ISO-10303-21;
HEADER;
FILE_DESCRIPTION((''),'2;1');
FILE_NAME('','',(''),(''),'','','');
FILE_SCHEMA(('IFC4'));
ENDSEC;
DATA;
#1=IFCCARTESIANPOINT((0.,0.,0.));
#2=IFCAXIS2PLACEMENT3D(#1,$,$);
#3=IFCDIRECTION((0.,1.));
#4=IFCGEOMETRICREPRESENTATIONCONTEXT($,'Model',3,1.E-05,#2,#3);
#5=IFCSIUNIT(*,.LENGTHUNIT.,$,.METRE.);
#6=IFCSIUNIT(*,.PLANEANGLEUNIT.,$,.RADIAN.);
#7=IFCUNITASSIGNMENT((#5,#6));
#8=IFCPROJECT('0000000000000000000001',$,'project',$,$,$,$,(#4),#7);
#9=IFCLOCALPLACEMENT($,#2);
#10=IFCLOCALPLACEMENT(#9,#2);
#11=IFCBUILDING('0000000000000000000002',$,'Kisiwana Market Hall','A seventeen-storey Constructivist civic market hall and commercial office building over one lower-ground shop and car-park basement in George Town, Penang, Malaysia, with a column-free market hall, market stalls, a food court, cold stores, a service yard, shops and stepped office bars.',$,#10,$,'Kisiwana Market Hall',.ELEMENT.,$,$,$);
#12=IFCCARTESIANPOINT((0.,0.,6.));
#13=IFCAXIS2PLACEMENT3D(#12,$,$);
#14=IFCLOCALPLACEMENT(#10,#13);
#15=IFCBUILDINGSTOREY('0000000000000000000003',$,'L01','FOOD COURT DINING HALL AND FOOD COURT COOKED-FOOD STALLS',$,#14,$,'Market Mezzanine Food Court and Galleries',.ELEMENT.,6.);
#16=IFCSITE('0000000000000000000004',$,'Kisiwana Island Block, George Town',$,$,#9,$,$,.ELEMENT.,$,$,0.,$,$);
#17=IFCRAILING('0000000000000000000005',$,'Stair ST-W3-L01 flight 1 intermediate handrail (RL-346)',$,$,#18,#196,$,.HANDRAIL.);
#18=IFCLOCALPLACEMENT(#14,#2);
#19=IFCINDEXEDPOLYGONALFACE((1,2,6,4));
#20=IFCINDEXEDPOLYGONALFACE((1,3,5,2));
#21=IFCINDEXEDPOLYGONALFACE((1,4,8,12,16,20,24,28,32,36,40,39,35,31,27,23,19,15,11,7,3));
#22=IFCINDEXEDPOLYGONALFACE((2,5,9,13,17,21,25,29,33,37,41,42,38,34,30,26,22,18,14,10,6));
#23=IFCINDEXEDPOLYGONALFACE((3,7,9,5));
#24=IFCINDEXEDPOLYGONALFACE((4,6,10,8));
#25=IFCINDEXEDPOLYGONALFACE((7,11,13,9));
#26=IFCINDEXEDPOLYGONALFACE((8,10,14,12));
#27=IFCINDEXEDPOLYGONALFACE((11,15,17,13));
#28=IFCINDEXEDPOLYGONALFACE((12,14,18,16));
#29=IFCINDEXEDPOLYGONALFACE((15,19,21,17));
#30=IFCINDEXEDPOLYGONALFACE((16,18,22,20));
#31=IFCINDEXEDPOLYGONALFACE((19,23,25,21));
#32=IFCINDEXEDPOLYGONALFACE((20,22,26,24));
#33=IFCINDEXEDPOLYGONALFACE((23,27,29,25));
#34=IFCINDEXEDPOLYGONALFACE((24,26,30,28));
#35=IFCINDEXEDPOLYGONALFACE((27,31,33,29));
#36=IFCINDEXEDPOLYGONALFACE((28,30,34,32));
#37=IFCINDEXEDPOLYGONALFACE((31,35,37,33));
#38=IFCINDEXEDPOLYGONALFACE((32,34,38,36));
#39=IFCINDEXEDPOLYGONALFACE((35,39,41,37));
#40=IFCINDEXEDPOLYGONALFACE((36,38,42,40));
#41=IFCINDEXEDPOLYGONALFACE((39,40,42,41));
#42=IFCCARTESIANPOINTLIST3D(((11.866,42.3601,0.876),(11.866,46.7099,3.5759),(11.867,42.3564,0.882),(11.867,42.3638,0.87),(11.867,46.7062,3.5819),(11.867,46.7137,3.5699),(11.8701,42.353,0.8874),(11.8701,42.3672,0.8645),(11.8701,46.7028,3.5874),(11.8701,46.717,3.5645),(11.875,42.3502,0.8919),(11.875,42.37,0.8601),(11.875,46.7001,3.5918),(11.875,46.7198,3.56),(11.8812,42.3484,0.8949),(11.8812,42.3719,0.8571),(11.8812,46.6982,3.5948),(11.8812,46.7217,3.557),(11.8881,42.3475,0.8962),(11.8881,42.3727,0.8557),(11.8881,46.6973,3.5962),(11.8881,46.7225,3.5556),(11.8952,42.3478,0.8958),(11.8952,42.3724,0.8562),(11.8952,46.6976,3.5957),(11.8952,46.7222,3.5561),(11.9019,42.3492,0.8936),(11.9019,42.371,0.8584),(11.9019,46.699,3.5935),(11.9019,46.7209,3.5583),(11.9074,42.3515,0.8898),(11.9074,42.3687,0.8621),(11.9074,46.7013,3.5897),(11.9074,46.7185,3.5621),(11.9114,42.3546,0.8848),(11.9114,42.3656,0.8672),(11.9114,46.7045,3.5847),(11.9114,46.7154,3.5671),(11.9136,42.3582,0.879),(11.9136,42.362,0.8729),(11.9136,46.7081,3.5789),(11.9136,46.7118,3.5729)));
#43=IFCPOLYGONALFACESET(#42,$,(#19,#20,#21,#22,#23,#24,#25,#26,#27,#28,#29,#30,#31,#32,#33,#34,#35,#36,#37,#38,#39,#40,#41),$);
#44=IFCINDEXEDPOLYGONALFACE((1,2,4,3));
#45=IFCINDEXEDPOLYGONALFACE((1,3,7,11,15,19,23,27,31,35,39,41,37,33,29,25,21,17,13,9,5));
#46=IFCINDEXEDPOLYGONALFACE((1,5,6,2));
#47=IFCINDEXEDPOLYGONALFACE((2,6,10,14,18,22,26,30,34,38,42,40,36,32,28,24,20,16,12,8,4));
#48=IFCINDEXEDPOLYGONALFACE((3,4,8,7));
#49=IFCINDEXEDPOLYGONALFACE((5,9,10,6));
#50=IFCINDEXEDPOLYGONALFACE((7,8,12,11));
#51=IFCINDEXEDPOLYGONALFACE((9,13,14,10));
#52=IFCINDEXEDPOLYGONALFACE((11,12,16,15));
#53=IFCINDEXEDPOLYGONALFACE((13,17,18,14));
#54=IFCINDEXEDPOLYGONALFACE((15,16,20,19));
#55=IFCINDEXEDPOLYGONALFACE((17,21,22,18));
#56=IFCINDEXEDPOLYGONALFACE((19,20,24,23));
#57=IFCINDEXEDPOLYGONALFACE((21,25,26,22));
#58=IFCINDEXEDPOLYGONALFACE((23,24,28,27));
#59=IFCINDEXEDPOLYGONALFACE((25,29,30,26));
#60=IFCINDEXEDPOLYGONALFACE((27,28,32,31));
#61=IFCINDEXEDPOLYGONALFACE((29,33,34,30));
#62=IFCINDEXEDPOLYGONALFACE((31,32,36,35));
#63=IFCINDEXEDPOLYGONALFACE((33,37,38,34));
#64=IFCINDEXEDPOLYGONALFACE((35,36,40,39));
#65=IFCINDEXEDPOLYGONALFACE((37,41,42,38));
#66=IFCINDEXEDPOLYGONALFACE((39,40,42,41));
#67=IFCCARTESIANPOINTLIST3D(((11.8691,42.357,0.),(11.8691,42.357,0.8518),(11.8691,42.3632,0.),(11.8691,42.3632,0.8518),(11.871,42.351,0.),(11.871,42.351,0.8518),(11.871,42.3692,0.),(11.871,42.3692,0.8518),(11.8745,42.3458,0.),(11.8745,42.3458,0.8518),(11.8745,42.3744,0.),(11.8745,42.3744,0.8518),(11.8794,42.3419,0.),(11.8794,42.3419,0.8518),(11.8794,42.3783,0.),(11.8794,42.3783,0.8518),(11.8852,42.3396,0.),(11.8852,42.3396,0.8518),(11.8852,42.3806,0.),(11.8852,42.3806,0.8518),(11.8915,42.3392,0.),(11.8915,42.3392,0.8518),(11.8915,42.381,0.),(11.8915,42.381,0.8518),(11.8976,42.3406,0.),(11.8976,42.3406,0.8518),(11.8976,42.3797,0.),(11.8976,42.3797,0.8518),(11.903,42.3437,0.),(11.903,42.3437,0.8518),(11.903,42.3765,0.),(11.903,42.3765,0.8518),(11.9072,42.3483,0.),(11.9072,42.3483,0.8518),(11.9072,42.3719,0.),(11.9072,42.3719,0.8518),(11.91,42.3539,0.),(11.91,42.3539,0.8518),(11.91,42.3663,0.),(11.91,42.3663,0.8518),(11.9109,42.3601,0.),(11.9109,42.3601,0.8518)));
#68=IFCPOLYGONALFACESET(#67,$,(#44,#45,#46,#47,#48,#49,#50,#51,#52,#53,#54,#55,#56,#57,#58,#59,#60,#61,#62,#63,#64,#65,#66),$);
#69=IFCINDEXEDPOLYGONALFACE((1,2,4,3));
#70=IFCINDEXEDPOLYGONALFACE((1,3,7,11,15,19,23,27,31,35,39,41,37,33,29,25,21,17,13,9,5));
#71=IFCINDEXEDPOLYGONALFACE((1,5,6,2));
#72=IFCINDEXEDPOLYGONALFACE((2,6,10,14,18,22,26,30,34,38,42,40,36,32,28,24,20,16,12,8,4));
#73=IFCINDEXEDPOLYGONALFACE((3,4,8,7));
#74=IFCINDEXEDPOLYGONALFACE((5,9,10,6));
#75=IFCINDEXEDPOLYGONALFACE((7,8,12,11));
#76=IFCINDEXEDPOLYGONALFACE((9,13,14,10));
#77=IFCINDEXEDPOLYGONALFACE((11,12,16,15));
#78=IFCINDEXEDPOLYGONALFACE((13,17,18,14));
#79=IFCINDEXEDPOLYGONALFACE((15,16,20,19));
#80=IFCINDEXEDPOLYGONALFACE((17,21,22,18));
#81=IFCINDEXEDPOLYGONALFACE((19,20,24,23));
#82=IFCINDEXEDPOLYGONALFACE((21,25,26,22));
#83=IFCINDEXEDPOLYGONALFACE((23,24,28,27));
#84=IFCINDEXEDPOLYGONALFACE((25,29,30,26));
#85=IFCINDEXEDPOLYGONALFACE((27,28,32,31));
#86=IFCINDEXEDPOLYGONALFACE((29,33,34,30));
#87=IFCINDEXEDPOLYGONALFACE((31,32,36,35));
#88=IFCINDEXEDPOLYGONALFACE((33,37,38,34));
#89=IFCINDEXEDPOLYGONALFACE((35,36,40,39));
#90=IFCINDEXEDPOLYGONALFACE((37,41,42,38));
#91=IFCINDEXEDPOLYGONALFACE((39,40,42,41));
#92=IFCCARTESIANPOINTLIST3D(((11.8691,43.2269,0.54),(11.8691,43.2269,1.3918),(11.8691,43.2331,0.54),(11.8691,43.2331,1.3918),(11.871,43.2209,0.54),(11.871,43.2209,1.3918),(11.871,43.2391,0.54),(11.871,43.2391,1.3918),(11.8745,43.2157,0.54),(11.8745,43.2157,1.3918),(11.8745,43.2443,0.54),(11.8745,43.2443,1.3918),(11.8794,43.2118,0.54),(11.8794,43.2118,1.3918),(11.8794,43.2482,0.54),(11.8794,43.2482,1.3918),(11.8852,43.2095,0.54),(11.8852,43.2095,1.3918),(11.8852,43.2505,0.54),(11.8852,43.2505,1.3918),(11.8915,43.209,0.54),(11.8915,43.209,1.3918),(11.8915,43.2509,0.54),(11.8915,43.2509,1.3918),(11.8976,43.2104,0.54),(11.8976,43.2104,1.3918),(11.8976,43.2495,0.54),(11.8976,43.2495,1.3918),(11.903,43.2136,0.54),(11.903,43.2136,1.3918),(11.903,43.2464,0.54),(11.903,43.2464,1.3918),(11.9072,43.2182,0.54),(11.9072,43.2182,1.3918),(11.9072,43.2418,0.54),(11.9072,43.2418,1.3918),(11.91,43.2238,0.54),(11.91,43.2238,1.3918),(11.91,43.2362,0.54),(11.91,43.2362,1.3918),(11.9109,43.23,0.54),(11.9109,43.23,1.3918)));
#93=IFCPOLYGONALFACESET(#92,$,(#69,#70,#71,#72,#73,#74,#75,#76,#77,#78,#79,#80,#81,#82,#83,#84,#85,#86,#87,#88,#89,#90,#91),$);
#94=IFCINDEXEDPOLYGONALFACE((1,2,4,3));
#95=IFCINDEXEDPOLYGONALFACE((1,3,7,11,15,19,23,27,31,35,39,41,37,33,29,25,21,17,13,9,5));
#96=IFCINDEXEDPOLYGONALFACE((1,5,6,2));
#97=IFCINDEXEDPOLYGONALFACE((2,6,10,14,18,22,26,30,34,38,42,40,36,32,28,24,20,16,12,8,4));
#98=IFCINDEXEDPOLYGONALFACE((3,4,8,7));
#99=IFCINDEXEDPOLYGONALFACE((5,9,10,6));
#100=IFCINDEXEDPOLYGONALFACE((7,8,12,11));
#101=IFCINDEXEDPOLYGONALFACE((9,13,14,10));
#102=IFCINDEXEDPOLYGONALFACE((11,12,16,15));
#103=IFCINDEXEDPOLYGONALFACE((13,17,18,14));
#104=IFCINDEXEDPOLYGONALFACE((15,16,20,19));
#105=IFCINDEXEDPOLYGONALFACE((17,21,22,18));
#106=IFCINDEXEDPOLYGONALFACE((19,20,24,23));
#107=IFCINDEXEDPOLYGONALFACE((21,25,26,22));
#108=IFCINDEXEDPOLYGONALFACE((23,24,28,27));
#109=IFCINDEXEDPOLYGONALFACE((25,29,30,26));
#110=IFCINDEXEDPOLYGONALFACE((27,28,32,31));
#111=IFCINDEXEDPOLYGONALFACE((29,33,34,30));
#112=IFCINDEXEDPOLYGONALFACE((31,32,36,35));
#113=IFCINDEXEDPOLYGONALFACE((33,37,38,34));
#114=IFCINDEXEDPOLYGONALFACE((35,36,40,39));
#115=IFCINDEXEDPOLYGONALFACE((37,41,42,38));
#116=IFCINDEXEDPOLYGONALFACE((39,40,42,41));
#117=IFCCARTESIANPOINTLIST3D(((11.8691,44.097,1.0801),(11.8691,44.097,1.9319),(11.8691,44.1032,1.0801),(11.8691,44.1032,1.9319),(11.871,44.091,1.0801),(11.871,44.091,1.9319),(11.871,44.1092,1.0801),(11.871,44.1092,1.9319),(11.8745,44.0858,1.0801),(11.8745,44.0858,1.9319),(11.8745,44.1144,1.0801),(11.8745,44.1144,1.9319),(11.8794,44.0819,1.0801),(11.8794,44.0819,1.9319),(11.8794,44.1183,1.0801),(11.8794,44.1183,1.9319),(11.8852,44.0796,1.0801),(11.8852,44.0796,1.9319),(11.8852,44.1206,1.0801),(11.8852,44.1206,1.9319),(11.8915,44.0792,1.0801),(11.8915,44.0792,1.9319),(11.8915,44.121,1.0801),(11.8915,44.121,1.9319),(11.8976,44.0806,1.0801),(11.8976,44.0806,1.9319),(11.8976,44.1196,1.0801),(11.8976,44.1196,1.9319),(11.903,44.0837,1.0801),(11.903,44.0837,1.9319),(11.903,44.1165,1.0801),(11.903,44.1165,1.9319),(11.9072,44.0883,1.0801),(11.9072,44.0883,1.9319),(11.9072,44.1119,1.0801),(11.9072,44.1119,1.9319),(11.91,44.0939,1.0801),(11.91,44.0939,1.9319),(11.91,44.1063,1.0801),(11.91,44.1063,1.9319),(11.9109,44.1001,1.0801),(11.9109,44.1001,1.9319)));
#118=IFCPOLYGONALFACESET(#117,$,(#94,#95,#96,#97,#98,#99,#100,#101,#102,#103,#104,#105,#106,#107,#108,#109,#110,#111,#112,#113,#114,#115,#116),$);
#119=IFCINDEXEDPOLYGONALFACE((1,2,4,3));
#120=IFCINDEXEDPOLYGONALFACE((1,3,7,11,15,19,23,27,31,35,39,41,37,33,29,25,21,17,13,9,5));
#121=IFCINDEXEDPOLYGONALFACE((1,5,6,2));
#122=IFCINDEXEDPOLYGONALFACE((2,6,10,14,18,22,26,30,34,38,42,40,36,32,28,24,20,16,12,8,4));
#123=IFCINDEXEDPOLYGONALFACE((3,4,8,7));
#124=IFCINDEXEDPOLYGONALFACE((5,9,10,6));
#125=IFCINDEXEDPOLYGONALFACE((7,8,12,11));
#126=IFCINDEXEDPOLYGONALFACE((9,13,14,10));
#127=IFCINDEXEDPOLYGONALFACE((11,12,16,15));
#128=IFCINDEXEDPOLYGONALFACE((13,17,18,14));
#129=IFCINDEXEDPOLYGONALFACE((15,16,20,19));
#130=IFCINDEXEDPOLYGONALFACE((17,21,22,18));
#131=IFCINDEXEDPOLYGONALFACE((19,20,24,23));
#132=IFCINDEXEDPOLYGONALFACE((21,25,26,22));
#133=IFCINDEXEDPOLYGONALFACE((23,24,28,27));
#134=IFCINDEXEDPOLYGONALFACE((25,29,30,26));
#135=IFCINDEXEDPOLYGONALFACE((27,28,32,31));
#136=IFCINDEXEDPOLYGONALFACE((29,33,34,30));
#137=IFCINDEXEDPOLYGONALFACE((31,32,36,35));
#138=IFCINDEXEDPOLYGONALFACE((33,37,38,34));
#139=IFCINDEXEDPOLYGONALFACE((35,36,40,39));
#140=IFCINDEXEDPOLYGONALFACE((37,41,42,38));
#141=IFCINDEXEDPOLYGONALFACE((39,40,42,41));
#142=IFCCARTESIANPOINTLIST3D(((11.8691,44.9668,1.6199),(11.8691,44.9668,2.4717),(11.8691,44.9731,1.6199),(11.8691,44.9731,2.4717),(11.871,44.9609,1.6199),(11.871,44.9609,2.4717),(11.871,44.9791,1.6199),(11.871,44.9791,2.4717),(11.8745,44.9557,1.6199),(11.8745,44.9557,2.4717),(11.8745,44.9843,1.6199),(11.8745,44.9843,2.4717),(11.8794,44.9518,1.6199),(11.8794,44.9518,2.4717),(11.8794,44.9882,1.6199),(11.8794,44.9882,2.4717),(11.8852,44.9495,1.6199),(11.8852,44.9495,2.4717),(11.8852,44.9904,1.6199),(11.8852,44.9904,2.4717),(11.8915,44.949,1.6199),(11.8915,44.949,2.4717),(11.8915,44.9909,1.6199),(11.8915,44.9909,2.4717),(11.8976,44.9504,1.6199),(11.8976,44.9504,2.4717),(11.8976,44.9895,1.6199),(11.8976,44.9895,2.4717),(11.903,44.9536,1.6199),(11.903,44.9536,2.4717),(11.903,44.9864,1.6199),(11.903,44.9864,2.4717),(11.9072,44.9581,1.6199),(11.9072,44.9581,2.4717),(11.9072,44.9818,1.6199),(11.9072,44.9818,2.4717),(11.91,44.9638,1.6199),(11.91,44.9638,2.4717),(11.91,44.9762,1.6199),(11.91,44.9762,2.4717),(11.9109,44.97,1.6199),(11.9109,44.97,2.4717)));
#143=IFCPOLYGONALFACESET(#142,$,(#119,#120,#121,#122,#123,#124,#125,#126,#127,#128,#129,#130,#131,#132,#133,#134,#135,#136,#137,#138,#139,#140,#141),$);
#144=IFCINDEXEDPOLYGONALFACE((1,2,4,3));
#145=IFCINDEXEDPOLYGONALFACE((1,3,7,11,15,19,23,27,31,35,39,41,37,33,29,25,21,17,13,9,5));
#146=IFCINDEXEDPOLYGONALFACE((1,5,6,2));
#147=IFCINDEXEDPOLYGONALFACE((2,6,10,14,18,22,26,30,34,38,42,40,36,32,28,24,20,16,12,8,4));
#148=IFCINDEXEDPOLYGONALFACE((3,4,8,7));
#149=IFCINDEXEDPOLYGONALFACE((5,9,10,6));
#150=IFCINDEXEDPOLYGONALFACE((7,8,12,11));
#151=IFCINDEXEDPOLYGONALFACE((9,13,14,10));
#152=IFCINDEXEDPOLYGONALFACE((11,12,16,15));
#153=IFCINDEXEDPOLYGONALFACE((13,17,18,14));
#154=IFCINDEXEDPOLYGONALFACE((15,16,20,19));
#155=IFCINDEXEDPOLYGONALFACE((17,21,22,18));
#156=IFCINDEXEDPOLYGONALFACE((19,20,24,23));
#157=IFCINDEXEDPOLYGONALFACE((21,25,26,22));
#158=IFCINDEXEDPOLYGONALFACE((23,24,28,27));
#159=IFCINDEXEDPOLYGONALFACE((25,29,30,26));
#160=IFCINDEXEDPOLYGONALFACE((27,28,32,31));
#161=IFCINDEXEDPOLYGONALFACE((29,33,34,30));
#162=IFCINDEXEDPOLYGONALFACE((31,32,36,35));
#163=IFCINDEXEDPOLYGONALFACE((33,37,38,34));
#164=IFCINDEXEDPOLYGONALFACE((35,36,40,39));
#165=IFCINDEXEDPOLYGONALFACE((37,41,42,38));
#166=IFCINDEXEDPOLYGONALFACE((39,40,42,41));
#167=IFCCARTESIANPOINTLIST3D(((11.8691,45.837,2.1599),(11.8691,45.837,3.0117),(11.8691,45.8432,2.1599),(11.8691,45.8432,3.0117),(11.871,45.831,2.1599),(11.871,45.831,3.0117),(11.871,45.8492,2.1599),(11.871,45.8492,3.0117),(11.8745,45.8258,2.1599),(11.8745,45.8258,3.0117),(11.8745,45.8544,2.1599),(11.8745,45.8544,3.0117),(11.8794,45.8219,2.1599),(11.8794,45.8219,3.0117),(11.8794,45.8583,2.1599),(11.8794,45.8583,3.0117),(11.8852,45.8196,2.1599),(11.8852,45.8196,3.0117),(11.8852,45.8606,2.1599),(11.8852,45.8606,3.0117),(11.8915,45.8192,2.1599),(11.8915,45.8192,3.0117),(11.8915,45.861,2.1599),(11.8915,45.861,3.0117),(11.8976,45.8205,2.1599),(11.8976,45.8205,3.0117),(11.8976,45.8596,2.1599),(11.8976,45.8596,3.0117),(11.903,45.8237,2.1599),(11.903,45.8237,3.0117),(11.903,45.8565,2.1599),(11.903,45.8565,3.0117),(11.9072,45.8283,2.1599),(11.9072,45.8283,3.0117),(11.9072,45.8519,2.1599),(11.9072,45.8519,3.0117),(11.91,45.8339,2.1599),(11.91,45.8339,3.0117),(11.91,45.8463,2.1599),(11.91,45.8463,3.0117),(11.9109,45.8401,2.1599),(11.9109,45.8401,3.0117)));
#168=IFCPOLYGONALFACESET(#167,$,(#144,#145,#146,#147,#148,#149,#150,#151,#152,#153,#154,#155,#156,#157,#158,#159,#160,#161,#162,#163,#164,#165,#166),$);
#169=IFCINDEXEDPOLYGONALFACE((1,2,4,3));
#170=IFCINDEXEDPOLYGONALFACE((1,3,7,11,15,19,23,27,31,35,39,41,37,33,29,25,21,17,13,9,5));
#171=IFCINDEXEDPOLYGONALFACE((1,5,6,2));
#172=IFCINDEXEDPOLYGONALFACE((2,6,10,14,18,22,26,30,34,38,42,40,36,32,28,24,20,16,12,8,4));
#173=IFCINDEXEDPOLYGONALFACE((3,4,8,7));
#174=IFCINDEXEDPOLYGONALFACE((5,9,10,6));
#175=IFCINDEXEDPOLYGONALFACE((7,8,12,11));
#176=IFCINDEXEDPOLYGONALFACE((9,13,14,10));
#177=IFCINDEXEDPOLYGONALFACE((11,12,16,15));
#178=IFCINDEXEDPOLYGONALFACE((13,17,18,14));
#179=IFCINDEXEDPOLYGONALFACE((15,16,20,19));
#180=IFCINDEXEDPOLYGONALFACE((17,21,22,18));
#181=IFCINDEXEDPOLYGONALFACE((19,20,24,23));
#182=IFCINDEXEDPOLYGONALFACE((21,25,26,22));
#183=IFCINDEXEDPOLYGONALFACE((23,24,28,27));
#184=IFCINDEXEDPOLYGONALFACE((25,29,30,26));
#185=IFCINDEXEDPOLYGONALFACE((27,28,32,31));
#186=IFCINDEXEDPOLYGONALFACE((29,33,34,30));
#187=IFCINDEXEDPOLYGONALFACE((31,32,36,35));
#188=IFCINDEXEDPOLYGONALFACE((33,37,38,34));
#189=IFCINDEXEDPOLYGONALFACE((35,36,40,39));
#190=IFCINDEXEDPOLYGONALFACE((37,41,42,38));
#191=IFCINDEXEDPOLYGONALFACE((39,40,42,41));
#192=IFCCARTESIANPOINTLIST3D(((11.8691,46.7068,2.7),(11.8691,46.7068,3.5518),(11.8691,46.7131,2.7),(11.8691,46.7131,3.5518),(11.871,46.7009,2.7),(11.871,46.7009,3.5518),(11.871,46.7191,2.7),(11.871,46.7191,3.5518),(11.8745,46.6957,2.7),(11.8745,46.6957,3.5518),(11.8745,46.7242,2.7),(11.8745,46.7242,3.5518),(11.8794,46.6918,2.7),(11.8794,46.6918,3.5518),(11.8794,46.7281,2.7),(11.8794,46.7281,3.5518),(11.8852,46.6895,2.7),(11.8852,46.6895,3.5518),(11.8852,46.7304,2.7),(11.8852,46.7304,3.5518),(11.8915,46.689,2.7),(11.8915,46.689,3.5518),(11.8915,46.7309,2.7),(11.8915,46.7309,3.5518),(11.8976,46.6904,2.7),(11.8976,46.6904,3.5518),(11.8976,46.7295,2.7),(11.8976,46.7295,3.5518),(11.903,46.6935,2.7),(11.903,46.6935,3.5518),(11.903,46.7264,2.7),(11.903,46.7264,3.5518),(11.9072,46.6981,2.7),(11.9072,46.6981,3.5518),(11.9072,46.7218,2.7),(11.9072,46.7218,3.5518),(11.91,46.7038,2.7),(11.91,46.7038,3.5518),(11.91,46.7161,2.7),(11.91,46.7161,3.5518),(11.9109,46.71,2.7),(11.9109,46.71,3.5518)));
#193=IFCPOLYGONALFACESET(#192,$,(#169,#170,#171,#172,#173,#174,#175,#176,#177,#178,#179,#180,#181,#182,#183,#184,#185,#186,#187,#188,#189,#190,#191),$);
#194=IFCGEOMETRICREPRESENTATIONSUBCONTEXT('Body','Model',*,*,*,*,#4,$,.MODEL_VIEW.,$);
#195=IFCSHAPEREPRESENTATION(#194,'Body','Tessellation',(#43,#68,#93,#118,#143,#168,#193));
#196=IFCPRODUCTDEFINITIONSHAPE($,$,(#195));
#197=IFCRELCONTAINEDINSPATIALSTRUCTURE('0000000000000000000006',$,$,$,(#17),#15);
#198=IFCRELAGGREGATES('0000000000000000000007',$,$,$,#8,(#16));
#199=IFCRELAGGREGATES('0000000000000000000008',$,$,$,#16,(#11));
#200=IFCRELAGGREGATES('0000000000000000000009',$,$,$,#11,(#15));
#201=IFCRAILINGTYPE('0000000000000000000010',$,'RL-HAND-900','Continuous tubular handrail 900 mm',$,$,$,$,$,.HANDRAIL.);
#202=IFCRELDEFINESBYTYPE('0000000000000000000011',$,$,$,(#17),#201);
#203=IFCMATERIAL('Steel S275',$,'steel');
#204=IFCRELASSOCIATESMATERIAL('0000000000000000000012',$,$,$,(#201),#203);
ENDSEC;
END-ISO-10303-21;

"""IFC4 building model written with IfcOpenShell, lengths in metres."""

from ifc_helpers import new_model, si_unit, direction, frame, origin, origin_2d, place, context, subcontext, project, spatial, circle, extrude, material, type_object, element, save


model = new_model("IFC4")

# Units and contexts
model_context = context("Model", 3, precision=1e-05, world=origin(), true_north=direction((0.0, 1.0)))
body_context = subcontext(model_context, "Body", "Model", "MODEL_VIEW")
ifc_project = project(units=[si_unit("LENGTHUNIT", "METRE"), si_unit("PLANEANGLEUNIT", "RADIAN")], contexts=[model_context])

# Site, building, storey
site_placement = place(None, origin())
site = spatial("IfcSite", under=ifc_project, at=site_placement, Name="Kisiwana Island Block, George Town", CompositionType="ELEMENT", RefElevation=0.0)
building_placement = place(site_placement, origin())
building = spatial("IfcBuilding", under=site, at=building_placement, Name="Kisiwana Market Hall", Description="A seventeen-storey Constructivist civic market hall and commercial office building over one lower-ground shop and car-park basement in George Town, Penang, Malaysia, with a column-free market hall, market stalls, a food court, cold stores, a service yard, shops and stepped office bars.", LongName="Kisiwana Market Hall", CompositionType="ELEMENT")
storey_placement = place(building_placement, frame((0.0, 0.0, 6.0)))
storey = spatial("IfcBuildingStorey", under=building, at=storey_placement, Name="L01", Description="FOOD COURT DINING HALL AND FOOD COURT COOKED-FOOD STALLS", LongName="Market Mezzanine Food Court and Galleries", CompositionType="ELEMENT", Elevation=6.0)

# Railing
ifc_material_1 = material(Name="Steel S275", Category="steel")
railing_type_1 = type_object("IfcRailingType", Name="RL-HAND-900", Description="Continuous tubular handrail 900 mm", PredefinedType="HANDRAIL", material=ifc_material_1)
for number, where, name in (
    (1, (11.8899, 42.3601, 0.0), "Stair ST-W3-L01 flight 1 intermediate handrail (RL-346)"),
):
    element("IfcRailing", number, at=place(storey_placement, frame(where)), inside=storey, type_object=railing_type_1, Name=name, PredefinedType="HANDRAIL", context=body_context, shape_type="SweptSolid", body=[
        extrude(circle(Radius=0.0239, at=origin_2d()), frame((0.0, 0.0, 0.876), z_axis=(0.0, 0.849636, 0.527369), x_axis=(-1.0, 0.0, 0.0)), (0.0, 0.0, 1.0), 5.1196),
        extrude(circle(Radius=0.021, at=origin_2d()), origin(), (0.0, 0.0, 1.0), 0.8518),
        extrude(circle(Radius=0.021, at=origin_2d()), frame((0.0, 0.8699, 0.54)), (0.0, 0.0, 1.0), 0.8518),
        extrude(circle(Radius=0.021, at=origin_2d()), frame((0.0, 1.74, 1.0801)), (0.0, 0.0, 1.0), 0.8518),
        extrude(circle(Radius=0.021, at=origin_2d()), frame((0.0, 2.6099, 1.6199)), (0.0, 0.0, 1.0), 0.8518),
        extrude(circle(Radius=0.021, at=origin_2d()), frame((0.0, 3.48, 2.1599)), (0.0, 0.0, 1.0), 0.8518),
        extrude(circle(Radius=0.021, at=origin_2d()), frame((0.0, 4.3499, 2.7)), (0.0, 0.0, 1.0), 0.8518),
    ])

save(model, "model.ifc")
